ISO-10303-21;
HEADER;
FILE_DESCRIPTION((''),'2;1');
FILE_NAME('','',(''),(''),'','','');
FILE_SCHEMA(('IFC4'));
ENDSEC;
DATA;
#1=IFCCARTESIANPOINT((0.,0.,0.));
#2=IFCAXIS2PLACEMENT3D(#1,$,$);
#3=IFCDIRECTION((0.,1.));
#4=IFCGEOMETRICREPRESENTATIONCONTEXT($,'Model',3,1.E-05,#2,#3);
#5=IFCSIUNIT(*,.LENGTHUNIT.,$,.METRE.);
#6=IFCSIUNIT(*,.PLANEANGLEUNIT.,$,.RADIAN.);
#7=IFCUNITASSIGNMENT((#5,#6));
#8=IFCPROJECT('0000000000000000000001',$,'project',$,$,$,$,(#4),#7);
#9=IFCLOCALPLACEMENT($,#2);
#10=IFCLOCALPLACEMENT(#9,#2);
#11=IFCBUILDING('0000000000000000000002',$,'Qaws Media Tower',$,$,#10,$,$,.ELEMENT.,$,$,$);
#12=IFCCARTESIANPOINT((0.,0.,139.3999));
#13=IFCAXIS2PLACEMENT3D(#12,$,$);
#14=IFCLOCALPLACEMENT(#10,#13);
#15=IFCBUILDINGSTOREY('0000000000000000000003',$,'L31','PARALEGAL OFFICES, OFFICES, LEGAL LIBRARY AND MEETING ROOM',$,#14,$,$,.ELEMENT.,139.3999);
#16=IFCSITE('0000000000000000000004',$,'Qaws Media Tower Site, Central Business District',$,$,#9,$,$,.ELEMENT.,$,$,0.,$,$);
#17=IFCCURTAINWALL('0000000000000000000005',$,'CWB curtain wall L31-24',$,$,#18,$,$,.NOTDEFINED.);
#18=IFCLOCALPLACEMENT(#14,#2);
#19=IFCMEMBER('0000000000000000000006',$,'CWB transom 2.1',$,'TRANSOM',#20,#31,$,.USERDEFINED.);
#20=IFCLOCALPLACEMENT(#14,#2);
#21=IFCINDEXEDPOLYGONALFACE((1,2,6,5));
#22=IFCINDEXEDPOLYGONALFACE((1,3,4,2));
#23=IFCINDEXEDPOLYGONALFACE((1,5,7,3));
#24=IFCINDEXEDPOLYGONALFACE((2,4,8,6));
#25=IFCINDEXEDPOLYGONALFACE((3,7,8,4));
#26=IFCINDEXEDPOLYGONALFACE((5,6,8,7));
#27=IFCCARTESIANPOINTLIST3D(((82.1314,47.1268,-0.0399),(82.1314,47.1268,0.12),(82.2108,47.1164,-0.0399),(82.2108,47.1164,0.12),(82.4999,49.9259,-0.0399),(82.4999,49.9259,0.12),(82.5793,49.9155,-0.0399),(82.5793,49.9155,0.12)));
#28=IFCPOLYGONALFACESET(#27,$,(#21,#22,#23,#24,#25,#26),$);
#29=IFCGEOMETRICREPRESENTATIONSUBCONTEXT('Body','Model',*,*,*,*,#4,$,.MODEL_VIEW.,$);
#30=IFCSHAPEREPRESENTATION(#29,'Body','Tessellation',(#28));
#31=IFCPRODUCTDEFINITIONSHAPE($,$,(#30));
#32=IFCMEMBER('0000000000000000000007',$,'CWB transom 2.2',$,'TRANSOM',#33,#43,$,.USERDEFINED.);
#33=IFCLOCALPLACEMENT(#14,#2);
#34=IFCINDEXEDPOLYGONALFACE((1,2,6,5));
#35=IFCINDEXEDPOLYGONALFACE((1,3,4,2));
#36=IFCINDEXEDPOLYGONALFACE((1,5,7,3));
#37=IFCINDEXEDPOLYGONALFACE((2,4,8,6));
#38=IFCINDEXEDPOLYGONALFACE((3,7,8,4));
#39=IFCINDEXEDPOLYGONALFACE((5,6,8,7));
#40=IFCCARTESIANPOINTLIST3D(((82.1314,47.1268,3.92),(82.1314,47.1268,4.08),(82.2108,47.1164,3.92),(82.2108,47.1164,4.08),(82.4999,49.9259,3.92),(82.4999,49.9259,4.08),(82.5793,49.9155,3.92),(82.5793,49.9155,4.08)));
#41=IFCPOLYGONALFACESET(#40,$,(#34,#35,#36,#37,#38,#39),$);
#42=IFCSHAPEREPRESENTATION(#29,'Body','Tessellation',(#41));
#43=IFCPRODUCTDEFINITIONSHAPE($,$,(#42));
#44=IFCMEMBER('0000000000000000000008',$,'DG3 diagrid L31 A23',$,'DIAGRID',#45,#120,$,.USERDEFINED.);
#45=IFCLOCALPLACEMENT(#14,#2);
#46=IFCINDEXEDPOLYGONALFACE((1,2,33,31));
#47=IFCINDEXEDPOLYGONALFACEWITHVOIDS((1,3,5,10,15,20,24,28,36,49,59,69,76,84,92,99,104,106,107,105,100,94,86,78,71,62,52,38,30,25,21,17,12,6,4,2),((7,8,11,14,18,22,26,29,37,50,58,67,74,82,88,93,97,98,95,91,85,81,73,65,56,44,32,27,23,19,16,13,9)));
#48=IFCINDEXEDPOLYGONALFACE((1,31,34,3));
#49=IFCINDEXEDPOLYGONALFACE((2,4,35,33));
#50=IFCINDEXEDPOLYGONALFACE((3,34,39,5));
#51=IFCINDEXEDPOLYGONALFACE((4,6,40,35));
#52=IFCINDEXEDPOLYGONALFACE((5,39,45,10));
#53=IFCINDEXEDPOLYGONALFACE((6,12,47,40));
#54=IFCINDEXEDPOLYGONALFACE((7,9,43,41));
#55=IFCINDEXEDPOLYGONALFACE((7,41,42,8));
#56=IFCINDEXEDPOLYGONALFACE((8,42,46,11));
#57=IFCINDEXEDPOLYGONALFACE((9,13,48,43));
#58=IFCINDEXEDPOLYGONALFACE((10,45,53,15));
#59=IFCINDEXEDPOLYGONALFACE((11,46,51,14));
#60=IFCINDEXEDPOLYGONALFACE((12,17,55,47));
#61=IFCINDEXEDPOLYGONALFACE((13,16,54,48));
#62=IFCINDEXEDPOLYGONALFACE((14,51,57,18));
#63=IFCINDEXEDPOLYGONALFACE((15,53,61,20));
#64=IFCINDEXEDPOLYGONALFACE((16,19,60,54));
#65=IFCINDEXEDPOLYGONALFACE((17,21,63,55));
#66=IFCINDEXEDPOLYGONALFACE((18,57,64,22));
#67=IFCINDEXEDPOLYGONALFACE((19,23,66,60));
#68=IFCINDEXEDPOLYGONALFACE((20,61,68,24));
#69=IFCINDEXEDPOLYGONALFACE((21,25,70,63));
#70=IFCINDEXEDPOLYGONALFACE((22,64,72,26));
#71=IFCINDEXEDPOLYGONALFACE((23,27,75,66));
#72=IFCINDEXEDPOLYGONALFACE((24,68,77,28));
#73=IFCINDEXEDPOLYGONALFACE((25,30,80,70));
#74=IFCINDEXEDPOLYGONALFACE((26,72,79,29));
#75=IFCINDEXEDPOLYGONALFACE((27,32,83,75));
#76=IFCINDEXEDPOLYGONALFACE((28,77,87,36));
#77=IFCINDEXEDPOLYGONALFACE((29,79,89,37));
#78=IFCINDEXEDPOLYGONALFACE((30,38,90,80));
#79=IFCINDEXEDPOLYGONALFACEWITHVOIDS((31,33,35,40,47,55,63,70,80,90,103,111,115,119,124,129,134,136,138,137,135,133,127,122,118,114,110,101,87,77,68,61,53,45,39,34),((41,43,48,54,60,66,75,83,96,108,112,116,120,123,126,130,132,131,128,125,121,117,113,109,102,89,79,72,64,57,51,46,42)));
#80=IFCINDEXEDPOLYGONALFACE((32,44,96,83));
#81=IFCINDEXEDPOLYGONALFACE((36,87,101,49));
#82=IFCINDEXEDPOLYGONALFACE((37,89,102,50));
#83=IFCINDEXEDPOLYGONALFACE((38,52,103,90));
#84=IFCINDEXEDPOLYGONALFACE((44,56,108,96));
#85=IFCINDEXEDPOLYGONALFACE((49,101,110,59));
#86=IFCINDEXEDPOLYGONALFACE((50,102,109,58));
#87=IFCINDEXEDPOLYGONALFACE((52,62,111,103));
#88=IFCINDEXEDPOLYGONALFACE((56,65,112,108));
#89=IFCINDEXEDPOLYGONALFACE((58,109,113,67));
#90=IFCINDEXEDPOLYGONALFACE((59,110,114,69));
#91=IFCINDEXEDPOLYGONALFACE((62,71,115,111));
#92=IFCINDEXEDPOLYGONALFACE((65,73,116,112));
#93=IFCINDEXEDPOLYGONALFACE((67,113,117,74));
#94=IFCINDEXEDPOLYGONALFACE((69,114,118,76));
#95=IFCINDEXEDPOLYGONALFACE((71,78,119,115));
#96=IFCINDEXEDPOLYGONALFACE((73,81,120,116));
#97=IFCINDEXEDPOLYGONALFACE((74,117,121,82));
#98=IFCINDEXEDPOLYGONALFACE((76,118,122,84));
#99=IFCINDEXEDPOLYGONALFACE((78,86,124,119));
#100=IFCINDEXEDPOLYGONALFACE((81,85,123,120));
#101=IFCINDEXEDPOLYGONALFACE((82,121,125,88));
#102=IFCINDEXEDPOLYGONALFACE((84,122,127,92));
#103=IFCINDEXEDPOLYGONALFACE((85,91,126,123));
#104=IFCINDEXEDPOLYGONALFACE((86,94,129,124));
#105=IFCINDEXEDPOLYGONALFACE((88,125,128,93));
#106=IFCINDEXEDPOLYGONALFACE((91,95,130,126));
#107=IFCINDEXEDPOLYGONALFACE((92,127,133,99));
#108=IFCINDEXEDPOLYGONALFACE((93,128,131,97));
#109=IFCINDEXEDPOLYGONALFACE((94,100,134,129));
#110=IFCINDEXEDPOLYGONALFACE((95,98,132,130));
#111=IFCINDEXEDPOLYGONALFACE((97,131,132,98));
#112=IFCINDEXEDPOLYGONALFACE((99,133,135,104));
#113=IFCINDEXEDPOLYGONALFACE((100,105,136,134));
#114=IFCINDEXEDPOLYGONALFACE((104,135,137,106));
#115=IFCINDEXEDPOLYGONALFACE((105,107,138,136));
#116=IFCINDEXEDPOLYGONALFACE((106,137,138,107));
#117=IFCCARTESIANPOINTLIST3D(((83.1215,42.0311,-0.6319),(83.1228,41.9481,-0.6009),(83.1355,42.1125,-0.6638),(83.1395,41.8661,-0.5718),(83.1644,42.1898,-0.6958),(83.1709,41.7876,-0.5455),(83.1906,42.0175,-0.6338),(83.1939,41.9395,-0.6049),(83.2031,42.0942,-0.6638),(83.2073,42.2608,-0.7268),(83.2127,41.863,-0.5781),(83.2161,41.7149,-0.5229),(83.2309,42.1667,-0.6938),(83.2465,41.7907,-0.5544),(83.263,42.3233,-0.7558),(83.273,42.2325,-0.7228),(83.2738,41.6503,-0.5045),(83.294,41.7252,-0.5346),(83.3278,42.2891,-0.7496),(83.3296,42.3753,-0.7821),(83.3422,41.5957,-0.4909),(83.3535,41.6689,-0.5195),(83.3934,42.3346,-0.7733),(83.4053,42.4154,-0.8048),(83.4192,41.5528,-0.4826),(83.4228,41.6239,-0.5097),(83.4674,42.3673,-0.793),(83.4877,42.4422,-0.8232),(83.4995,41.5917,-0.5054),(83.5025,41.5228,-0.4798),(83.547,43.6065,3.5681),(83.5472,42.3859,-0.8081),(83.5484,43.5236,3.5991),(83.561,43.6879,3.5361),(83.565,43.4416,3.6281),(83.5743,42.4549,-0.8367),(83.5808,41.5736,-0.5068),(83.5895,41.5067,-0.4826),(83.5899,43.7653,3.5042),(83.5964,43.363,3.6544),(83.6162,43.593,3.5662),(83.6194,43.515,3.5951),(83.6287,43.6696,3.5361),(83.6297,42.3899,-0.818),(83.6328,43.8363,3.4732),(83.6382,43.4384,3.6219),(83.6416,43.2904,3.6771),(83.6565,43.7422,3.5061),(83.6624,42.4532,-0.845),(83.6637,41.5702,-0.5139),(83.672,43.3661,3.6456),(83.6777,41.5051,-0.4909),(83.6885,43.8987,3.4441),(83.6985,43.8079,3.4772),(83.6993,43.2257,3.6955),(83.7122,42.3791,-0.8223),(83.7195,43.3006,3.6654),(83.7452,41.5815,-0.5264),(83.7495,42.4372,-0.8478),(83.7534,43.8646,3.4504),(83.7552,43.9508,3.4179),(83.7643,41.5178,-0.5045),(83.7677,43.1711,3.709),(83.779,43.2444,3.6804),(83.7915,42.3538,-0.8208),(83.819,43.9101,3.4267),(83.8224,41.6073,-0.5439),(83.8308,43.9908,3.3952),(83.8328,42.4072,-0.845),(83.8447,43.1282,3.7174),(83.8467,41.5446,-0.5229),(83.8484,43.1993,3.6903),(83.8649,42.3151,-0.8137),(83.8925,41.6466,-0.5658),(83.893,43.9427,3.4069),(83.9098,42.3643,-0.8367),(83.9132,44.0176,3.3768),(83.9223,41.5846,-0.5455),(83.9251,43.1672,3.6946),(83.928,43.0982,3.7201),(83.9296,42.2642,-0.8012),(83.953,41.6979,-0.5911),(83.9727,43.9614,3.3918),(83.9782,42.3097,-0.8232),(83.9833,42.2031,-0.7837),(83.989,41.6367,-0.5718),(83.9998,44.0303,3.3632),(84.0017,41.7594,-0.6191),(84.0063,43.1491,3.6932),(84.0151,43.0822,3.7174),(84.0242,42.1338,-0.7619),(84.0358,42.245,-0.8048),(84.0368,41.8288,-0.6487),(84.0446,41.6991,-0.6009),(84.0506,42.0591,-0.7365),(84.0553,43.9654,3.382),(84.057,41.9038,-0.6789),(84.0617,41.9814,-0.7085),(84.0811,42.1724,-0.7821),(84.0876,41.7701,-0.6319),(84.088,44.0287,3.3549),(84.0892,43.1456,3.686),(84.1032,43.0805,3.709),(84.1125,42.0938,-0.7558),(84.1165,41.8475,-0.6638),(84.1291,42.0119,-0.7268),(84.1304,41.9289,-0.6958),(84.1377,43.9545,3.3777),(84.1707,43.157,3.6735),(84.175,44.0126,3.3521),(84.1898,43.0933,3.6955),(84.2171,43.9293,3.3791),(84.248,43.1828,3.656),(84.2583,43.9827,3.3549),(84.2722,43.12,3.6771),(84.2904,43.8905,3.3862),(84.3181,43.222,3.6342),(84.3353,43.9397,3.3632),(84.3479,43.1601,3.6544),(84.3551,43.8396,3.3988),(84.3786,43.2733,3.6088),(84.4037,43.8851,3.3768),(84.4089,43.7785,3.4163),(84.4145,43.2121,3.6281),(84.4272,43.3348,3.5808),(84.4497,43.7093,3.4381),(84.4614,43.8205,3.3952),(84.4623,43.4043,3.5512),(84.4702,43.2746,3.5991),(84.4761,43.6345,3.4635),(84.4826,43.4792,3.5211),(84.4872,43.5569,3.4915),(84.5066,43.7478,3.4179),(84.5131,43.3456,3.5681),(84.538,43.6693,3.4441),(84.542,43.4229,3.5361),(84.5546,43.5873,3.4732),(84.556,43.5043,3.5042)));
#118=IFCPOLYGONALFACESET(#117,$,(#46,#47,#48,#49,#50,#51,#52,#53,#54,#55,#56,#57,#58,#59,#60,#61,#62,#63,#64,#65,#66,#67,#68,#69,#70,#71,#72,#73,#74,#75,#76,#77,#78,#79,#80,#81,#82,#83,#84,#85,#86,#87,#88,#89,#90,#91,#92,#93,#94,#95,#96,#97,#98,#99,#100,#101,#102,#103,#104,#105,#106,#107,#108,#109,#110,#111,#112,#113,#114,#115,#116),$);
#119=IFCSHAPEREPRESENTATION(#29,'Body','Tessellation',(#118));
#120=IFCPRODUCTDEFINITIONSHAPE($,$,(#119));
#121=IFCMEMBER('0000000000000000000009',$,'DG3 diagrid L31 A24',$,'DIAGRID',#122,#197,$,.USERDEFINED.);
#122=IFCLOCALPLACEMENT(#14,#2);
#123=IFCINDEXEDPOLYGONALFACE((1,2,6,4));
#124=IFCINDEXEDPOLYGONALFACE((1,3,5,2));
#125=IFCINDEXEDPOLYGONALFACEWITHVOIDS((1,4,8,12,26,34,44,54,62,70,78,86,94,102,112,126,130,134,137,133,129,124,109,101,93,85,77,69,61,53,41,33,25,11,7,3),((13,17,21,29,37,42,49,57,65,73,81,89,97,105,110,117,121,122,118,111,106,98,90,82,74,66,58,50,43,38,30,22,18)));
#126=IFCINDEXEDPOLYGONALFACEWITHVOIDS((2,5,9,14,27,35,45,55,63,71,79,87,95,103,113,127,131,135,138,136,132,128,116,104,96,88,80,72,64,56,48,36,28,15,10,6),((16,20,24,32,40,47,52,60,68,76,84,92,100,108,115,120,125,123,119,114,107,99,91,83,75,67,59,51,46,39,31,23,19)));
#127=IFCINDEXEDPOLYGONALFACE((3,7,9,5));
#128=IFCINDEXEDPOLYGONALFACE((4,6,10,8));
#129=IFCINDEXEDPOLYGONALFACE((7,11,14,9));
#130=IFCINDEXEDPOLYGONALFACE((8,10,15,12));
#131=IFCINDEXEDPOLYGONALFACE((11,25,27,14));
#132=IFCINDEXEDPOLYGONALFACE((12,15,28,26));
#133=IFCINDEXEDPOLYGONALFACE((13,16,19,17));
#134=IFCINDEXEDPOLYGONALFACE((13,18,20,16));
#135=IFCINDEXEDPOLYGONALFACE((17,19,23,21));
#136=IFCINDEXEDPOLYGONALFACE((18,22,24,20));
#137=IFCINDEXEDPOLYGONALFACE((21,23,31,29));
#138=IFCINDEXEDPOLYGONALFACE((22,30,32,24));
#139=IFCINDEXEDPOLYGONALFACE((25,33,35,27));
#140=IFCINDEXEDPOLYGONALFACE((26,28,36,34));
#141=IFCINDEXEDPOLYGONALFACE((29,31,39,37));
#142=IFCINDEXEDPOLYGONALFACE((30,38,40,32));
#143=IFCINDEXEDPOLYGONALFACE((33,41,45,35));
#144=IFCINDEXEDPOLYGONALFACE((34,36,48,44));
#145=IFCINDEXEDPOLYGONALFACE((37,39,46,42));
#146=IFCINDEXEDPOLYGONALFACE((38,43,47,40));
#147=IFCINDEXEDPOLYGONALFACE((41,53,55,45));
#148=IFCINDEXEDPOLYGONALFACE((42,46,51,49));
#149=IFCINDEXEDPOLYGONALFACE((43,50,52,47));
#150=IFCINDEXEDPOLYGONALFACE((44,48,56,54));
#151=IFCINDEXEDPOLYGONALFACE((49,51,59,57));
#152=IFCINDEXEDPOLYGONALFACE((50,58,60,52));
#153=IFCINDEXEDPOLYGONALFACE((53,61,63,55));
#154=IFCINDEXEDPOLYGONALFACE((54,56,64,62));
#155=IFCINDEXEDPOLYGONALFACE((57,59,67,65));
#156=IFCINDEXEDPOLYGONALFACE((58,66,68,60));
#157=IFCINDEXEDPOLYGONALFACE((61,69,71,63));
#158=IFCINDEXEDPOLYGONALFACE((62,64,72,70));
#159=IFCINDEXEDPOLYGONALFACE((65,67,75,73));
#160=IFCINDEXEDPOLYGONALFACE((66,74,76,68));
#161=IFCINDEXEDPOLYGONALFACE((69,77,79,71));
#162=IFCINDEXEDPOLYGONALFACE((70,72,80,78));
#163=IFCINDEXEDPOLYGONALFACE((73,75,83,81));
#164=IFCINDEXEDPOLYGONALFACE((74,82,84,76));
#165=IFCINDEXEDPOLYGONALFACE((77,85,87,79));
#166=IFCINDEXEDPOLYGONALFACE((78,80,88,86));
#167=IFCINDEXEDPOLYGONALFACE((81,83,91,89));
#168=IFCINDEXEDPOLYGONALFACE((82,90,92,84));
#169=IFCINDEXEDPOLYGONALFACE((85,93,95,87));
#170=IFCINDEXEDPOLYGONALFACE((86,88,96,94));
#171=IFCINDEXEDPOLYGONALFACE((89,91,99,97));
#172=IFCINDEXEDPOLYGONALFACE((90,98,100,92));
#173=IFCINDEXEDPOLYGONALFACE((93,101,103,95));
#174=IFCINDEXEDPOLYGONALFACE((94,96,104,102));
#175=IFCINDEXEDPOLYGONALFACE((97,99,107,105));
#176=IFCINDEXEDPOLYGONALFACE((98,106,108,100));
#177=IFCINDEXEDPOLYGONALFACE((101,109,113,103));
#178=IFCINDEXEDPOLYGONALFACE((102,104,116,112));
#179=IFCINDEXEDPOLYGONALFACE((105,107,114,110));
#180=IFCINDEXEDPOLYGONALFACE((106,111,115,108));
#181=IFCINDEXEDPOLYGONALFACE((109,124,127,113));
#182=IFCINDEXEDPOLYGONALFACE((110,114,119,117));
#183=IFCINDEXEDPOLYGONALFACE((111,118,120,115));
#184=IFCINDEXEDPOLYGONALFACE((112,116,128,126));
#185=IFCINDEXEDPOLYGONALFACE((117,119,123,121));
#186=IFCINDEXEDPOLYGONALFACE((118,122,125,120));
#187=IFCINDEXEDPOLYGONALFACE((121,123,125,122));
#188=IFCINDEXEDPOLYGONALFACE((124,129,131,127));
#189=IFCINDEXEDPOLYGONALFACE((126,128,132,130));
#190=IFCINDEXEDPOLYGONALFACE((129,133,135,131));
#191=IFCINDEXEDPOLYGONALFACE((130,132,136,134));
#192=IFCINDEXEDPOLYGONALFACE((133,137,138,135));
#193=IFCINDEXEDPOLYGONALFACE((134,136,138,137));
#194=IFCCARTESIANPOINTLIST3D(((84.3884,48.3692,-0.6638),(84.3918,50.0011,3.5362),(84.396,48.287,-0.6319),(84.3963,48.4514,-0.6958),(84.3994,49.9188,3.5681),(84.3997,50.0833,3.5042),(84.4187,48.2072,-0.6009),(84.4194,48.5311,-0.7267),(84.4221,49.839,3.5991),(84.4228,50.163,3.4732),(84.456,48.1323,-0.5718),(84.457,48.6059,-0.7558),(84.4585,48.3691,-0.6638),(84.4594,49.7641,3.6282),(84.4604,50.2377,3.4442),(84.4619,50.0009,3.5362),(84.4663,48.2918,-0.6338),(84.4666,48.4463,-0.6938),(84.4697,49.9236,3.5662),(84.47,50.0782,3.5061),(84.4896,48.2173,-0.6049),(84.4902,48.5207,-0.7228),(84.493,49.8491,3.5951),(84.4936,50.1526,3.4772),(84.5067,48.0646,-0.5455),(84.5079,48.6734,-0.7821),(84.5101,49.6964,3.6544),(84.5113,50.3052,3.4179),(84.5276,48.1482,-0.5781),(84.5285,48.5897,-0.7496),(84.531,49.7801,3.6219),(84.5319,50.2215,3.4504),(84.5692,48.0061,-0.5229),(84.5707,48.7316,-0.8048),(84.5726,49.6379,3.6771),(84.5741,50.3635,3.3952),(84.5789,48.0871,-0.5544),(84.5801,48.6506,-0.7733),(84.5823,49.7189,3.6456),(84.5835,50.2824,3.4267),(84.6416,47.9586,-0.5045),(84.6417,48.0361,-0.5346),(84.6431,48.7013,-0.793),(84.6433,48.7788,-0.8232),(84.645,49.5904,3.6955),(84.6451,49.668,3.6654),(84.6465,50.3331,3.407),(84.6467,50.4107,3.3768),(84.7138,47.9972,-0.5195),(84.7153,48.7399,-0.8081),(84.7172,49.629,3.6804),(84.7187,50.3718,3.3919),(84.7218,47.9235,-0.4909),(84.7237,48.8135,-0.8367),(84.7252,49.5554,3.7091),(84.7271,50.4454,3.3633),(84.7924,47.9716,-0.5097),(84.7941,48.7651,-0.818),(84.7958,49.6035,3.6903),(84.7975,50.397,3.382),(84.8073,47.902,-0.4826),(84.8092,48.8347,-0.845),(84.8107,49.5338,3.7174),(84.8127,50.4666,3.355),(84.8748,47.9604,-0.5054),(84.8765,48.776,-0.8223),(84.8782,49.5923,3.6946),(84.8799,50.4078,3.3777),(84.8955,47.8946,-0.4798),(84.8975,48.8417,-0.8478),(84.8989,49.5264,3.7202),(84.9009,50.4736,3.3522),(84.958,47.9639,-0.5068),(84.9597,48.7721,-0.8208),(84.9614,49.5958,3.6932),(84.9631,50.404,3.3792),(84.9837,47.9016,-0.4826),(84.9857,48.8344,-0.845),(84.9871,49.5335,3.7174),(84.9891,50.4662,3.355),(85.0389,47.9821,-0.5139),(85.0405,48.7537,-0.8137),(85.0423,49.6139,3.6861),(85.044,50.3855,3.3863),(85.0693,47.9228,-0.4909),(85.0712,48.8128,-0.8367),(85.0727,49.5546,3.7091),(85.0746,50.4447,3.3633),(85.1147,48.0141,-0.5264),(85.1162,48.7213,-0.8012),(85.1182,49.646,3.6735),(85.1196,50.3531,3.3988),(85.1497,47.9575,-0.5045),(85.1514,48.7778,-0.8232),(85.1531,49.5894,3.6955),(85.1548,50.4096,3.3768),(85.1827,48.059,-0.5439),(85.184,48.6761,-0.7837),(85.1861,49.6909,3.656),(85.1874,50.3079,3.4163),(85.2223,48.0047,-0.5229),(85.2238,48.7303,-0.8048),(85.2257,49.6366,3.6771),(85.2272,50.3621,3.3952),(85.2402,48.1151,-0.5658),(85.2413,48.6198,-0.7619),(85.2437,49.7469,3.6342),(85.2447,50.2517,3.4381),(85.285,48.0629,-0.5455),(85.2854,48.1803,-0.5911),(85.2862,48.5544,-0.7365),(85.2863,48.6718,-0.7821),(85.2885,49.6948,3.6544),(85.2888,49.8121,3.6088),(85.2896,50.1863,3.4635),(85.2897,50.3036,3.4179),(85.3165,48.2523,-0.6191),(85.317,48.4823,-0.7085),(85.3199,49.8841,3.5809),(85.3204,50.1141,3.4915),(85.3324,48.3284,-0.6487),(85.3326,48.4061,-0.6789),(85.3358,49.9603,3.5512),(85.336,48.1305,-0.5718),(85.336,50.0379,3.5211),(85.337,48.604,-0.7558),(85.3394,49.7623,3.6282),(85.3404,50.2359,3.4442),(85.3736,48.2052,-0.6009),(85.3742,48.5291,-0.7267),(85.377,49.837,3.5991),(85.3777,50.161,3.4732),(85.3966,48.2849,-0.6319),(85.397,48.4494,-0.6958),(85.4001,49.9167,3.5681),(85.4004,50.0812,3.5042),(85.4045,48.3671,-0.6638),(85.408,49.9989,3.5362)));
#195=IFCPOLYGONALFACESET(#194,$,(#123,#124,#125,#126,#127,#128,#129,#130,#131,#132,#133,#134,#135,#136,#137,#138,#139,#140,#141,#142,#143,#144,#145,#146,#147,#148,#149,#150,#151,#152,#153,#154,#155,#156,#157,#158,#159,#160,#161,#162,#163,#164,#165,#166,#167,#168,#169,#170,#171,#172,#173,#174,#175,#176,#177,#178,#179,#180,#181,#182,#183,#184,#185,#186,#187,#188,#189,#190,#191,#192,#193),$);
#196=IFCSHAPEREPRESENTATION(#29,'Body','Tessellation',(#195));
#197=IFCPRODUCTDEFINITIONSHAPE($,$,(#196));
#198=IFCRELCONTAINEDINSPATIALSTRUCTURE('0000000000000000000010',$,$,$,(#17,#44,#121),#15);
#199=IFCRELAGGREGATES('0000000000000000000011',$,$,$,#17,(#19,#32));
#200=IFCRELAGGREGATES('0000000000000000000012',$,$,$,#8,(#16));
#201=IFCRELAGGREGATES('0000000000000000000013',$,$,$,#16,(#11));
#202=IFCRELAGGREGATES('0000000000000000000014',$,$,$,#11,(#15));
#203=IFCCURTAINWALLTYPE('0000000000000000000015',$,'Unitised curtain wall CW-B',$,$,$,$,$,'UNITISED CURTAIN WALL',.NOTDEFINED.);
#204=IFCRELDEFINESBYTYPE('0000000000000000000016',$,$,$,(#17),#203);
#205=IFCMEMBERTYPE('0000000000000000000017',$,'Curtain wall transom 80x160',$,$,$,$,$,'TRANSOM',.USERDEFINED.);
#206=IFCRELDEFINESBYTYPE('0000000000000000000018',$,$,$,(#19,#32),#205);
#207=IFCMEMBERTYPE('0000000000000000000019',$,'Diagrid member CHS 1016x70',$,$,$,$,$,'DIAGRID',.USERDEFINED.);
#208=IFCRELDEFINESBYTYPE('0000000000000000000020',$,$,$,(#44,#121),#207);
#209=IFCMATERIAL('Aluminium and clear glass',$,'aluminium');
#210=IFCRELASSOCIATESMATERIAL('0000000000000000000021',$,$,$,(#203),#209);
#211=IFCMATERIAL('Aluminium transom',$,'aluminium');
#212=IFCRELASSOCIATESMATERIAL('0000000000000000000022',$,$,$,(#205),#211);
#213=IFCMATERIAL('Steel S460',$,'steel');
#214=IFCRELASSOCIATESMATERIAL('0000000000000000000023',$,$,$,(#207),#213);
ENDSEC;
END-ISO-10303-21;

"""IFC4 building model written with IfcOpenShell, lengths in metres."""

from ifc_helpers import new_model, si_unit, direction, frame, origin, origin_2d, place, context, subcontext, project, spatial, rectangle, hollow_circle, extrude, material, material_profile, profile_set, type_object, element, aggregate, save


model = new_model("IFC4")

# Units and contexts
model_context = context("Model", 3, precision=1e-05, world=origin(), true_north=direction((0.0, 1.0)))
body_context = subcontext(model_context, "Body", "Model", "MODEL_VIEW")
ifc_project = project(units=[si_unit("LENGTHUNIT", "METRE"), si_unit("PLANEANGLEUNIT", "RADIAN")], contexts=[model_context])

# Site, building, storey
site_placement = place(None, origin())
site = spatial("IfcSite", under=ifc_project, at=site_placement, Name="Qaws Media Tower Site, Central Business District", CompositionType="ELEMENT", RefElevation=0.0)
building_placement = place(site_placement, origin())
building = spatial("IfcBuilding", under=site, at=building_placement, Name="Qaws Media Tower", CompositionType="ELEMENT")
storey_placement = place(building_placement, frame((0.0, 0.0, 139.3999)))
storey = spatial("IfcBuildingStorey", under=building, at=storey_placement, Name="L31", Description="PARALEGAL OFFICES, OFFICES, LEGAL LIBRARY AND MEETING ROOM", CompositionType="ELEMENT", Elevation=139.3999)

# Curtain wall
ifc_material_1 = material(Name="Aluminium and clear glass", Category="aluminium")
curtain_wall_type = type_object("IfcCurtainWallType", Name="Unitised curtain wall CW-B", ElementType="UNITISED CURTAIN WALL", PredefinedType="NOTDEFINED", material=ifc_material_1)
curtain_wall_1_placement = place(storey_placement, origin())
curtain_wall_1 = element("IfcCurtainWall", 1, at=curtain_wall_1_placement, inside=storey, type_object=curtain_wall_type, Name="CWB curtain wall L31-24", PredefinedType="NOTDEFINED")

# Members
ifc_material_2 = material(Name="Aluminium transom", Category="aluminium")
ifc_material_profile_1 = material_profile(ifc_material_2, rectangle(XDim=0.0801, YDim=0.1599, at=origin_2d()), Name="80x160")
ifc_profile_set_1 = profile_set([ifc_material_profile_1], Name="Aluminium transom")
member_type_1 = type_object("IfcMemberType", Name="Curtain wall transom 80x160", ElementType="TRANSOM", PredefinedType="USERDEFINED", material=ifc_profile_set_1)
member_1_placement = place(storey_placement, frame((82.1711, 47.1216, 0.04), z_axis=(0.130493, 0.991449, 0.0), x_axis=(-0.991449, 0.130493, 0.0)))
member_1 = element("IfcMember", 2, at=member_1_placement, type_object=member_type_1, Name="CWB transom 2.1", ObjectType="TRANSOM", PredefinedType="USERDEFINED", context=body_context, shape_type="SweptSolid", body=[
    extrude(rectangle(XDim=0.0801, YDim=0.1599, at=origin_2d()), origin(), (0.0, 0.0, 1.0), 2.8232),
])
member_2_placement = place(storey_placement, frame((82.1711, 47.1216, 4.0), z_axis=(0.130493, 0.991449, 0.0), x_axis=(-0.991449, 0.130493, 0.0)))
member_2 = element("IfcMember", 3, at=member_2_placement, type_object=member_type_1, Name="CWB transom 2.2", ObjectType="TRANSOM", PredefinedType="USERDEFINED", context=body_context, shape_type="SweptSolid", body=[
    extrude(rectangle(XDim=0.0801, YDim=0.1599, at=origin_2d()), origin(), (0.0, 0.0, 1.0), 2.8232),
])

# Members
ifc_material_3 = material(Name="Steel S460", Category="steel")
ifc_material_profile_2 = material_profile(ifc_material_3, hollow_circle(Radius=0.5081, WallThickness=0.0701, at=origin_2d()), Name="CHS 1016x70")
ifc_profile_set_2 = profile_set([ifc_material_profile_2], Name="Steel S460")
member_type_2 = type_object("IfcMemberType", Name="Diagrid member CHS 1016x70", ElementType="DIAGRID", PredefinedType="USERDEFINED", material=ifc_profile_set_2)
for number, where, z_axis, x_axis, name in (
    (4, (83.626, 41.98, -0.6638), (0.094441, 0.349643, 0.932111), (-0.965403, 0.260762, 0.0), "DG3 diagrid L31 A23"),
    (5, (84.8965, 48.3682, -0.6638), (0.000759, 0.362161, 0.932115), (-0.999998, 0.002095, 0.0), "DG3 diagrid L31 A24"),
):
    element("IfcMember", number, at=place(storey_placement, frame(where, z_axis=z_axis, x_axis=x_axis)), inside=storey, type_object=member_type_2, Name=name, ObjectType="DIAGRID", PredefinedType="USERDEFINED", context=body_context, shape_type="SweptSolid", body=[
        extrude(hollow_circle(Radius=0.5081, WallThickness=0.0701, at=origin_2d()), origin(), (0.0, 0.0, 1.0), 4.5059),
    ])

aggregate(curtain_wall_1, [member_1, member_2])

save(model, "model.ifc")
